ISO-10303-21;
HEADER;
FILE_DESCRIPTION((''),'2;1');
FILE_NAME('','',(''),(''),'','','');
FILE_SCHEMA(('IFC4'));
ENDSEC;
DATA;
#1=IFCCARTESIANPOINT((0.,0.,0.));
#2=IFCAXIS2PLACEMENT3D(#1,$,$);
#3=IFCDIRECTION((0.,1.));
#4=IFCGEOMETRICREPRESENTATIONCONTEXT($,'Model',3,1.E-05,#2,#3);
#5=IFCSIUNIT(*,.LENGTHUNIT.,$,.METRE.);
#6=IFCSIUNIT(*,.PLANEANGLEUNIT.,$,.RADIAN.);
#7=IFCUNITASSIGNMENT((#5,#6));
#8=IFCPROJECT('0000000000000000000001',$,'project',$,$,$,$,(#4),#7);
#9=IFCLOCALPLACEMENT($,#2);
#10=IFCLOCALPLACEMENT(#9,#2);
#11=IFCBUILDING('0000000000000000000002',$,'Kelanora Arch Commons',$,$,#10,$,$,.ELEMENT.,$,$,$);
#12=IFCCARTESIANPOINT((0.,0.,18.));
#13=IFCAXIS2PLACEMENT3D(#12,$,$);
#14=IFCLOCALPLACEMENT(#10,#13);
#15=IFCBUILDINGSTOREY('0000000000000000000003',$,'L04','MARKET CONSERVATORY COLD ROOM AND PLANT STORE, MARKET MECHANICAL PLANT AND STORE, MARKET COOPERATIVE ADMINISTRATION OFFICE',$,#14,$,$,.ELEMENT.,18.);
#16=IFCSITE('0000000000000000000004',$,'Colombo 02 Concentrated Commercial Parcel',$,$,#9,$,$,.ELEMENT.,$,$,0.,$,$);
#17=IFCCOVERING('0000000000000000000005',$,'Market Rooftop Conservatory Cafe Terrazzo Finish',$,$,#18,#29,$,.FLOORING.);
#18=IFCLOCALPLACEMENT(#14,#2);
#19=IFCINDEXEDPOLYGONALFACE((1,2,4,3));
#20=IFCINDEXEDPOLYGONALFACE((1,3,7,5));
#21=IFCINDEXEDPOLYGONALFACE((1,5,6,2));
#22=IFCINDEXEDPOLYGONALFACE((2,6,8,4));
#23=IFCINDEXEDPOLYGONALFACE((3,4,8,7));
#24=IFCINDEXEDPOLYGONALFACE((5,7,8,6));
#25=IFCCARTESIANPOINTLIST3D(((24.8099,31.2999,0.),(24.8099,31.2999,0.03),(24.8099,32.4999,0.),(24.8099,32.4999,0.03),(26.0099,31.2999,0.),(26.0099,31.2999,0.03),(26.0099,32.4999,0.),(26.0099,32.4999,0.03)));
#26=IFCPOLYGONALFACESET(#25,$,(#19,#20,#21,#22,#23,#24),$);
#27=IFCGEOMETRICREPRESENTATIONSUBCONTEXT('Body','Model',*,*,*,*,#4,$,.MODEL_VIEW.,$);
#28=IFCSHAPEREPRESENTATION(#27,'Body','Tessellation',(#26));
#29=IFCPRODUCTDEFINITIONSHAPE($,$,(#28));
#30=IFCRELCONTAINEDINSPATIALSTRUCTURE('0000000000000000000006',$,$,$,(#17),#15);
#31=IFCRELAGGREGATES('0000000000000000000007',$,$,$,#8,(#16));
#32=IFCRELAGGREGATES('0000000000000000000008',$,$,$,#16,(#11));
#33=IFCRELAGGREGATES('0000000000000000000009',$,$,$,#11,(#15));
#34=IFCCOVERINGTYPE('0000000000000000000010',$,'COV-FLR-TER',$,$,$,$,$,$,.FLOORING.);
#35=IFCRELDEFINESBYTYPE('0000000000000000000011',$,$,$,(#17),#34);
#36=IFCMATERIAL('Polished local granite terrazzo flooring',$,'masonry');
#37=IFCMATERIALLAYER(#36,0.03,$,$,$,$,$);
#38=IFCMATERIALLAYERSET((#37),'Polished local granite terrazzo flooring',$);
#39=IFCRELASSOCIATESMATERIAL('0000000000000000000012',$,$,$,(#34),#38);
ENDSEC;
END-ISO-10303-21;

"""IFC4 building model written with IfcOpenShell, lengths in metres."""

from ifc_helpers import new_model, si_unit, direction, frame, origin, origin_2d, place, context, subcontext, project, spatial, rectangle, extrude, source, transform, mapped, material, layer, layer_set, type_object, element, save


model = new_model("IFC4")

# Units and contexts
model_context = context("Model", 3, precision=1e-05, world=origin(), true_north=direction((0.0, 1.0)))
body_context = subcontext(model_context, "Body", "Model", "MODEL_VIEW")
ifc_project = project(units=[si_unit("LENGTHUNIT", "METRE"), si_unit("PLANEANGLEUNIT", "RADIAN")], contexts=[model_context])

# Site, building, storey
site_placement = place(None, origin())
site = spatial("IfcSite", under=ifc_project, at=site_placement, Name="Colombo 02 Concentrated Commercial Parcel", CompositionType="ELEMENT", RefElevation=0.0)
building_placement = place(site_placement, origin())
building = spatial("IfcBuilding", under=site, at=building_placement, Name="Kelanora Arch Commons", CompositionType="ELEMENT")
storey_placement = place(building_placement, frame((0.0, 0.0, 18.0)))
storey = spatial("IfcBuildingStorey", under=building, at=storey_placement, Name="L04", Description="MARKET CONSERVATORY COLD ROOM AND PLANT STORE, MARKET MECHANICAL PLANT AND STORE, MARKET COOPERATIVE ADMINISTRATION OFFICE", CompositionType="ELEMENT", Elevation=18.0)

# Covering
ifc_material_1 = material(Name="Polished local granite terrazzo flooring", Category="masonry")
ifc_layer_1 = layer(ifc_material_1, 0.03)
ifc_layer_set_1 = layer_set([ifc_layer_1], Name="Polished local granite terrazzo flooring")
covering_type = type_object("IfcCoveringType", Name="COV-FLR-TER", PredefinedType="FLOORING", material=ifc_layer_set_1)
shared_shape = source(origin(), body_context, "Body", "SweptSolid", [
    extrude(rectangle(XDim=1.2, YDim=1.2, at=origin_2d()), origin(), (0.0, 0.0, 1.0), 0.03),
])
covering_placement = place(storey_placement, frame((25.4099, 31.8999, 0.0), z_axis=(0.0, 0.0, 1.0), x_axis=(1.0, 0.0, 0.0)))
element("IfcCovering", 1, at=covering_placement, inside=storey, type_object=covering_type, Name="Market Rooftop Conservatory Cafe Terrazzo Finish", PredefinedType="FLOORING", context=body_context, shape_type="MappedRepresentation", body=[
    mapped(shared_shape, transform((0.0, 0.0, 0.0), scale=1.0)),
])

save(model, "model.ifc")
